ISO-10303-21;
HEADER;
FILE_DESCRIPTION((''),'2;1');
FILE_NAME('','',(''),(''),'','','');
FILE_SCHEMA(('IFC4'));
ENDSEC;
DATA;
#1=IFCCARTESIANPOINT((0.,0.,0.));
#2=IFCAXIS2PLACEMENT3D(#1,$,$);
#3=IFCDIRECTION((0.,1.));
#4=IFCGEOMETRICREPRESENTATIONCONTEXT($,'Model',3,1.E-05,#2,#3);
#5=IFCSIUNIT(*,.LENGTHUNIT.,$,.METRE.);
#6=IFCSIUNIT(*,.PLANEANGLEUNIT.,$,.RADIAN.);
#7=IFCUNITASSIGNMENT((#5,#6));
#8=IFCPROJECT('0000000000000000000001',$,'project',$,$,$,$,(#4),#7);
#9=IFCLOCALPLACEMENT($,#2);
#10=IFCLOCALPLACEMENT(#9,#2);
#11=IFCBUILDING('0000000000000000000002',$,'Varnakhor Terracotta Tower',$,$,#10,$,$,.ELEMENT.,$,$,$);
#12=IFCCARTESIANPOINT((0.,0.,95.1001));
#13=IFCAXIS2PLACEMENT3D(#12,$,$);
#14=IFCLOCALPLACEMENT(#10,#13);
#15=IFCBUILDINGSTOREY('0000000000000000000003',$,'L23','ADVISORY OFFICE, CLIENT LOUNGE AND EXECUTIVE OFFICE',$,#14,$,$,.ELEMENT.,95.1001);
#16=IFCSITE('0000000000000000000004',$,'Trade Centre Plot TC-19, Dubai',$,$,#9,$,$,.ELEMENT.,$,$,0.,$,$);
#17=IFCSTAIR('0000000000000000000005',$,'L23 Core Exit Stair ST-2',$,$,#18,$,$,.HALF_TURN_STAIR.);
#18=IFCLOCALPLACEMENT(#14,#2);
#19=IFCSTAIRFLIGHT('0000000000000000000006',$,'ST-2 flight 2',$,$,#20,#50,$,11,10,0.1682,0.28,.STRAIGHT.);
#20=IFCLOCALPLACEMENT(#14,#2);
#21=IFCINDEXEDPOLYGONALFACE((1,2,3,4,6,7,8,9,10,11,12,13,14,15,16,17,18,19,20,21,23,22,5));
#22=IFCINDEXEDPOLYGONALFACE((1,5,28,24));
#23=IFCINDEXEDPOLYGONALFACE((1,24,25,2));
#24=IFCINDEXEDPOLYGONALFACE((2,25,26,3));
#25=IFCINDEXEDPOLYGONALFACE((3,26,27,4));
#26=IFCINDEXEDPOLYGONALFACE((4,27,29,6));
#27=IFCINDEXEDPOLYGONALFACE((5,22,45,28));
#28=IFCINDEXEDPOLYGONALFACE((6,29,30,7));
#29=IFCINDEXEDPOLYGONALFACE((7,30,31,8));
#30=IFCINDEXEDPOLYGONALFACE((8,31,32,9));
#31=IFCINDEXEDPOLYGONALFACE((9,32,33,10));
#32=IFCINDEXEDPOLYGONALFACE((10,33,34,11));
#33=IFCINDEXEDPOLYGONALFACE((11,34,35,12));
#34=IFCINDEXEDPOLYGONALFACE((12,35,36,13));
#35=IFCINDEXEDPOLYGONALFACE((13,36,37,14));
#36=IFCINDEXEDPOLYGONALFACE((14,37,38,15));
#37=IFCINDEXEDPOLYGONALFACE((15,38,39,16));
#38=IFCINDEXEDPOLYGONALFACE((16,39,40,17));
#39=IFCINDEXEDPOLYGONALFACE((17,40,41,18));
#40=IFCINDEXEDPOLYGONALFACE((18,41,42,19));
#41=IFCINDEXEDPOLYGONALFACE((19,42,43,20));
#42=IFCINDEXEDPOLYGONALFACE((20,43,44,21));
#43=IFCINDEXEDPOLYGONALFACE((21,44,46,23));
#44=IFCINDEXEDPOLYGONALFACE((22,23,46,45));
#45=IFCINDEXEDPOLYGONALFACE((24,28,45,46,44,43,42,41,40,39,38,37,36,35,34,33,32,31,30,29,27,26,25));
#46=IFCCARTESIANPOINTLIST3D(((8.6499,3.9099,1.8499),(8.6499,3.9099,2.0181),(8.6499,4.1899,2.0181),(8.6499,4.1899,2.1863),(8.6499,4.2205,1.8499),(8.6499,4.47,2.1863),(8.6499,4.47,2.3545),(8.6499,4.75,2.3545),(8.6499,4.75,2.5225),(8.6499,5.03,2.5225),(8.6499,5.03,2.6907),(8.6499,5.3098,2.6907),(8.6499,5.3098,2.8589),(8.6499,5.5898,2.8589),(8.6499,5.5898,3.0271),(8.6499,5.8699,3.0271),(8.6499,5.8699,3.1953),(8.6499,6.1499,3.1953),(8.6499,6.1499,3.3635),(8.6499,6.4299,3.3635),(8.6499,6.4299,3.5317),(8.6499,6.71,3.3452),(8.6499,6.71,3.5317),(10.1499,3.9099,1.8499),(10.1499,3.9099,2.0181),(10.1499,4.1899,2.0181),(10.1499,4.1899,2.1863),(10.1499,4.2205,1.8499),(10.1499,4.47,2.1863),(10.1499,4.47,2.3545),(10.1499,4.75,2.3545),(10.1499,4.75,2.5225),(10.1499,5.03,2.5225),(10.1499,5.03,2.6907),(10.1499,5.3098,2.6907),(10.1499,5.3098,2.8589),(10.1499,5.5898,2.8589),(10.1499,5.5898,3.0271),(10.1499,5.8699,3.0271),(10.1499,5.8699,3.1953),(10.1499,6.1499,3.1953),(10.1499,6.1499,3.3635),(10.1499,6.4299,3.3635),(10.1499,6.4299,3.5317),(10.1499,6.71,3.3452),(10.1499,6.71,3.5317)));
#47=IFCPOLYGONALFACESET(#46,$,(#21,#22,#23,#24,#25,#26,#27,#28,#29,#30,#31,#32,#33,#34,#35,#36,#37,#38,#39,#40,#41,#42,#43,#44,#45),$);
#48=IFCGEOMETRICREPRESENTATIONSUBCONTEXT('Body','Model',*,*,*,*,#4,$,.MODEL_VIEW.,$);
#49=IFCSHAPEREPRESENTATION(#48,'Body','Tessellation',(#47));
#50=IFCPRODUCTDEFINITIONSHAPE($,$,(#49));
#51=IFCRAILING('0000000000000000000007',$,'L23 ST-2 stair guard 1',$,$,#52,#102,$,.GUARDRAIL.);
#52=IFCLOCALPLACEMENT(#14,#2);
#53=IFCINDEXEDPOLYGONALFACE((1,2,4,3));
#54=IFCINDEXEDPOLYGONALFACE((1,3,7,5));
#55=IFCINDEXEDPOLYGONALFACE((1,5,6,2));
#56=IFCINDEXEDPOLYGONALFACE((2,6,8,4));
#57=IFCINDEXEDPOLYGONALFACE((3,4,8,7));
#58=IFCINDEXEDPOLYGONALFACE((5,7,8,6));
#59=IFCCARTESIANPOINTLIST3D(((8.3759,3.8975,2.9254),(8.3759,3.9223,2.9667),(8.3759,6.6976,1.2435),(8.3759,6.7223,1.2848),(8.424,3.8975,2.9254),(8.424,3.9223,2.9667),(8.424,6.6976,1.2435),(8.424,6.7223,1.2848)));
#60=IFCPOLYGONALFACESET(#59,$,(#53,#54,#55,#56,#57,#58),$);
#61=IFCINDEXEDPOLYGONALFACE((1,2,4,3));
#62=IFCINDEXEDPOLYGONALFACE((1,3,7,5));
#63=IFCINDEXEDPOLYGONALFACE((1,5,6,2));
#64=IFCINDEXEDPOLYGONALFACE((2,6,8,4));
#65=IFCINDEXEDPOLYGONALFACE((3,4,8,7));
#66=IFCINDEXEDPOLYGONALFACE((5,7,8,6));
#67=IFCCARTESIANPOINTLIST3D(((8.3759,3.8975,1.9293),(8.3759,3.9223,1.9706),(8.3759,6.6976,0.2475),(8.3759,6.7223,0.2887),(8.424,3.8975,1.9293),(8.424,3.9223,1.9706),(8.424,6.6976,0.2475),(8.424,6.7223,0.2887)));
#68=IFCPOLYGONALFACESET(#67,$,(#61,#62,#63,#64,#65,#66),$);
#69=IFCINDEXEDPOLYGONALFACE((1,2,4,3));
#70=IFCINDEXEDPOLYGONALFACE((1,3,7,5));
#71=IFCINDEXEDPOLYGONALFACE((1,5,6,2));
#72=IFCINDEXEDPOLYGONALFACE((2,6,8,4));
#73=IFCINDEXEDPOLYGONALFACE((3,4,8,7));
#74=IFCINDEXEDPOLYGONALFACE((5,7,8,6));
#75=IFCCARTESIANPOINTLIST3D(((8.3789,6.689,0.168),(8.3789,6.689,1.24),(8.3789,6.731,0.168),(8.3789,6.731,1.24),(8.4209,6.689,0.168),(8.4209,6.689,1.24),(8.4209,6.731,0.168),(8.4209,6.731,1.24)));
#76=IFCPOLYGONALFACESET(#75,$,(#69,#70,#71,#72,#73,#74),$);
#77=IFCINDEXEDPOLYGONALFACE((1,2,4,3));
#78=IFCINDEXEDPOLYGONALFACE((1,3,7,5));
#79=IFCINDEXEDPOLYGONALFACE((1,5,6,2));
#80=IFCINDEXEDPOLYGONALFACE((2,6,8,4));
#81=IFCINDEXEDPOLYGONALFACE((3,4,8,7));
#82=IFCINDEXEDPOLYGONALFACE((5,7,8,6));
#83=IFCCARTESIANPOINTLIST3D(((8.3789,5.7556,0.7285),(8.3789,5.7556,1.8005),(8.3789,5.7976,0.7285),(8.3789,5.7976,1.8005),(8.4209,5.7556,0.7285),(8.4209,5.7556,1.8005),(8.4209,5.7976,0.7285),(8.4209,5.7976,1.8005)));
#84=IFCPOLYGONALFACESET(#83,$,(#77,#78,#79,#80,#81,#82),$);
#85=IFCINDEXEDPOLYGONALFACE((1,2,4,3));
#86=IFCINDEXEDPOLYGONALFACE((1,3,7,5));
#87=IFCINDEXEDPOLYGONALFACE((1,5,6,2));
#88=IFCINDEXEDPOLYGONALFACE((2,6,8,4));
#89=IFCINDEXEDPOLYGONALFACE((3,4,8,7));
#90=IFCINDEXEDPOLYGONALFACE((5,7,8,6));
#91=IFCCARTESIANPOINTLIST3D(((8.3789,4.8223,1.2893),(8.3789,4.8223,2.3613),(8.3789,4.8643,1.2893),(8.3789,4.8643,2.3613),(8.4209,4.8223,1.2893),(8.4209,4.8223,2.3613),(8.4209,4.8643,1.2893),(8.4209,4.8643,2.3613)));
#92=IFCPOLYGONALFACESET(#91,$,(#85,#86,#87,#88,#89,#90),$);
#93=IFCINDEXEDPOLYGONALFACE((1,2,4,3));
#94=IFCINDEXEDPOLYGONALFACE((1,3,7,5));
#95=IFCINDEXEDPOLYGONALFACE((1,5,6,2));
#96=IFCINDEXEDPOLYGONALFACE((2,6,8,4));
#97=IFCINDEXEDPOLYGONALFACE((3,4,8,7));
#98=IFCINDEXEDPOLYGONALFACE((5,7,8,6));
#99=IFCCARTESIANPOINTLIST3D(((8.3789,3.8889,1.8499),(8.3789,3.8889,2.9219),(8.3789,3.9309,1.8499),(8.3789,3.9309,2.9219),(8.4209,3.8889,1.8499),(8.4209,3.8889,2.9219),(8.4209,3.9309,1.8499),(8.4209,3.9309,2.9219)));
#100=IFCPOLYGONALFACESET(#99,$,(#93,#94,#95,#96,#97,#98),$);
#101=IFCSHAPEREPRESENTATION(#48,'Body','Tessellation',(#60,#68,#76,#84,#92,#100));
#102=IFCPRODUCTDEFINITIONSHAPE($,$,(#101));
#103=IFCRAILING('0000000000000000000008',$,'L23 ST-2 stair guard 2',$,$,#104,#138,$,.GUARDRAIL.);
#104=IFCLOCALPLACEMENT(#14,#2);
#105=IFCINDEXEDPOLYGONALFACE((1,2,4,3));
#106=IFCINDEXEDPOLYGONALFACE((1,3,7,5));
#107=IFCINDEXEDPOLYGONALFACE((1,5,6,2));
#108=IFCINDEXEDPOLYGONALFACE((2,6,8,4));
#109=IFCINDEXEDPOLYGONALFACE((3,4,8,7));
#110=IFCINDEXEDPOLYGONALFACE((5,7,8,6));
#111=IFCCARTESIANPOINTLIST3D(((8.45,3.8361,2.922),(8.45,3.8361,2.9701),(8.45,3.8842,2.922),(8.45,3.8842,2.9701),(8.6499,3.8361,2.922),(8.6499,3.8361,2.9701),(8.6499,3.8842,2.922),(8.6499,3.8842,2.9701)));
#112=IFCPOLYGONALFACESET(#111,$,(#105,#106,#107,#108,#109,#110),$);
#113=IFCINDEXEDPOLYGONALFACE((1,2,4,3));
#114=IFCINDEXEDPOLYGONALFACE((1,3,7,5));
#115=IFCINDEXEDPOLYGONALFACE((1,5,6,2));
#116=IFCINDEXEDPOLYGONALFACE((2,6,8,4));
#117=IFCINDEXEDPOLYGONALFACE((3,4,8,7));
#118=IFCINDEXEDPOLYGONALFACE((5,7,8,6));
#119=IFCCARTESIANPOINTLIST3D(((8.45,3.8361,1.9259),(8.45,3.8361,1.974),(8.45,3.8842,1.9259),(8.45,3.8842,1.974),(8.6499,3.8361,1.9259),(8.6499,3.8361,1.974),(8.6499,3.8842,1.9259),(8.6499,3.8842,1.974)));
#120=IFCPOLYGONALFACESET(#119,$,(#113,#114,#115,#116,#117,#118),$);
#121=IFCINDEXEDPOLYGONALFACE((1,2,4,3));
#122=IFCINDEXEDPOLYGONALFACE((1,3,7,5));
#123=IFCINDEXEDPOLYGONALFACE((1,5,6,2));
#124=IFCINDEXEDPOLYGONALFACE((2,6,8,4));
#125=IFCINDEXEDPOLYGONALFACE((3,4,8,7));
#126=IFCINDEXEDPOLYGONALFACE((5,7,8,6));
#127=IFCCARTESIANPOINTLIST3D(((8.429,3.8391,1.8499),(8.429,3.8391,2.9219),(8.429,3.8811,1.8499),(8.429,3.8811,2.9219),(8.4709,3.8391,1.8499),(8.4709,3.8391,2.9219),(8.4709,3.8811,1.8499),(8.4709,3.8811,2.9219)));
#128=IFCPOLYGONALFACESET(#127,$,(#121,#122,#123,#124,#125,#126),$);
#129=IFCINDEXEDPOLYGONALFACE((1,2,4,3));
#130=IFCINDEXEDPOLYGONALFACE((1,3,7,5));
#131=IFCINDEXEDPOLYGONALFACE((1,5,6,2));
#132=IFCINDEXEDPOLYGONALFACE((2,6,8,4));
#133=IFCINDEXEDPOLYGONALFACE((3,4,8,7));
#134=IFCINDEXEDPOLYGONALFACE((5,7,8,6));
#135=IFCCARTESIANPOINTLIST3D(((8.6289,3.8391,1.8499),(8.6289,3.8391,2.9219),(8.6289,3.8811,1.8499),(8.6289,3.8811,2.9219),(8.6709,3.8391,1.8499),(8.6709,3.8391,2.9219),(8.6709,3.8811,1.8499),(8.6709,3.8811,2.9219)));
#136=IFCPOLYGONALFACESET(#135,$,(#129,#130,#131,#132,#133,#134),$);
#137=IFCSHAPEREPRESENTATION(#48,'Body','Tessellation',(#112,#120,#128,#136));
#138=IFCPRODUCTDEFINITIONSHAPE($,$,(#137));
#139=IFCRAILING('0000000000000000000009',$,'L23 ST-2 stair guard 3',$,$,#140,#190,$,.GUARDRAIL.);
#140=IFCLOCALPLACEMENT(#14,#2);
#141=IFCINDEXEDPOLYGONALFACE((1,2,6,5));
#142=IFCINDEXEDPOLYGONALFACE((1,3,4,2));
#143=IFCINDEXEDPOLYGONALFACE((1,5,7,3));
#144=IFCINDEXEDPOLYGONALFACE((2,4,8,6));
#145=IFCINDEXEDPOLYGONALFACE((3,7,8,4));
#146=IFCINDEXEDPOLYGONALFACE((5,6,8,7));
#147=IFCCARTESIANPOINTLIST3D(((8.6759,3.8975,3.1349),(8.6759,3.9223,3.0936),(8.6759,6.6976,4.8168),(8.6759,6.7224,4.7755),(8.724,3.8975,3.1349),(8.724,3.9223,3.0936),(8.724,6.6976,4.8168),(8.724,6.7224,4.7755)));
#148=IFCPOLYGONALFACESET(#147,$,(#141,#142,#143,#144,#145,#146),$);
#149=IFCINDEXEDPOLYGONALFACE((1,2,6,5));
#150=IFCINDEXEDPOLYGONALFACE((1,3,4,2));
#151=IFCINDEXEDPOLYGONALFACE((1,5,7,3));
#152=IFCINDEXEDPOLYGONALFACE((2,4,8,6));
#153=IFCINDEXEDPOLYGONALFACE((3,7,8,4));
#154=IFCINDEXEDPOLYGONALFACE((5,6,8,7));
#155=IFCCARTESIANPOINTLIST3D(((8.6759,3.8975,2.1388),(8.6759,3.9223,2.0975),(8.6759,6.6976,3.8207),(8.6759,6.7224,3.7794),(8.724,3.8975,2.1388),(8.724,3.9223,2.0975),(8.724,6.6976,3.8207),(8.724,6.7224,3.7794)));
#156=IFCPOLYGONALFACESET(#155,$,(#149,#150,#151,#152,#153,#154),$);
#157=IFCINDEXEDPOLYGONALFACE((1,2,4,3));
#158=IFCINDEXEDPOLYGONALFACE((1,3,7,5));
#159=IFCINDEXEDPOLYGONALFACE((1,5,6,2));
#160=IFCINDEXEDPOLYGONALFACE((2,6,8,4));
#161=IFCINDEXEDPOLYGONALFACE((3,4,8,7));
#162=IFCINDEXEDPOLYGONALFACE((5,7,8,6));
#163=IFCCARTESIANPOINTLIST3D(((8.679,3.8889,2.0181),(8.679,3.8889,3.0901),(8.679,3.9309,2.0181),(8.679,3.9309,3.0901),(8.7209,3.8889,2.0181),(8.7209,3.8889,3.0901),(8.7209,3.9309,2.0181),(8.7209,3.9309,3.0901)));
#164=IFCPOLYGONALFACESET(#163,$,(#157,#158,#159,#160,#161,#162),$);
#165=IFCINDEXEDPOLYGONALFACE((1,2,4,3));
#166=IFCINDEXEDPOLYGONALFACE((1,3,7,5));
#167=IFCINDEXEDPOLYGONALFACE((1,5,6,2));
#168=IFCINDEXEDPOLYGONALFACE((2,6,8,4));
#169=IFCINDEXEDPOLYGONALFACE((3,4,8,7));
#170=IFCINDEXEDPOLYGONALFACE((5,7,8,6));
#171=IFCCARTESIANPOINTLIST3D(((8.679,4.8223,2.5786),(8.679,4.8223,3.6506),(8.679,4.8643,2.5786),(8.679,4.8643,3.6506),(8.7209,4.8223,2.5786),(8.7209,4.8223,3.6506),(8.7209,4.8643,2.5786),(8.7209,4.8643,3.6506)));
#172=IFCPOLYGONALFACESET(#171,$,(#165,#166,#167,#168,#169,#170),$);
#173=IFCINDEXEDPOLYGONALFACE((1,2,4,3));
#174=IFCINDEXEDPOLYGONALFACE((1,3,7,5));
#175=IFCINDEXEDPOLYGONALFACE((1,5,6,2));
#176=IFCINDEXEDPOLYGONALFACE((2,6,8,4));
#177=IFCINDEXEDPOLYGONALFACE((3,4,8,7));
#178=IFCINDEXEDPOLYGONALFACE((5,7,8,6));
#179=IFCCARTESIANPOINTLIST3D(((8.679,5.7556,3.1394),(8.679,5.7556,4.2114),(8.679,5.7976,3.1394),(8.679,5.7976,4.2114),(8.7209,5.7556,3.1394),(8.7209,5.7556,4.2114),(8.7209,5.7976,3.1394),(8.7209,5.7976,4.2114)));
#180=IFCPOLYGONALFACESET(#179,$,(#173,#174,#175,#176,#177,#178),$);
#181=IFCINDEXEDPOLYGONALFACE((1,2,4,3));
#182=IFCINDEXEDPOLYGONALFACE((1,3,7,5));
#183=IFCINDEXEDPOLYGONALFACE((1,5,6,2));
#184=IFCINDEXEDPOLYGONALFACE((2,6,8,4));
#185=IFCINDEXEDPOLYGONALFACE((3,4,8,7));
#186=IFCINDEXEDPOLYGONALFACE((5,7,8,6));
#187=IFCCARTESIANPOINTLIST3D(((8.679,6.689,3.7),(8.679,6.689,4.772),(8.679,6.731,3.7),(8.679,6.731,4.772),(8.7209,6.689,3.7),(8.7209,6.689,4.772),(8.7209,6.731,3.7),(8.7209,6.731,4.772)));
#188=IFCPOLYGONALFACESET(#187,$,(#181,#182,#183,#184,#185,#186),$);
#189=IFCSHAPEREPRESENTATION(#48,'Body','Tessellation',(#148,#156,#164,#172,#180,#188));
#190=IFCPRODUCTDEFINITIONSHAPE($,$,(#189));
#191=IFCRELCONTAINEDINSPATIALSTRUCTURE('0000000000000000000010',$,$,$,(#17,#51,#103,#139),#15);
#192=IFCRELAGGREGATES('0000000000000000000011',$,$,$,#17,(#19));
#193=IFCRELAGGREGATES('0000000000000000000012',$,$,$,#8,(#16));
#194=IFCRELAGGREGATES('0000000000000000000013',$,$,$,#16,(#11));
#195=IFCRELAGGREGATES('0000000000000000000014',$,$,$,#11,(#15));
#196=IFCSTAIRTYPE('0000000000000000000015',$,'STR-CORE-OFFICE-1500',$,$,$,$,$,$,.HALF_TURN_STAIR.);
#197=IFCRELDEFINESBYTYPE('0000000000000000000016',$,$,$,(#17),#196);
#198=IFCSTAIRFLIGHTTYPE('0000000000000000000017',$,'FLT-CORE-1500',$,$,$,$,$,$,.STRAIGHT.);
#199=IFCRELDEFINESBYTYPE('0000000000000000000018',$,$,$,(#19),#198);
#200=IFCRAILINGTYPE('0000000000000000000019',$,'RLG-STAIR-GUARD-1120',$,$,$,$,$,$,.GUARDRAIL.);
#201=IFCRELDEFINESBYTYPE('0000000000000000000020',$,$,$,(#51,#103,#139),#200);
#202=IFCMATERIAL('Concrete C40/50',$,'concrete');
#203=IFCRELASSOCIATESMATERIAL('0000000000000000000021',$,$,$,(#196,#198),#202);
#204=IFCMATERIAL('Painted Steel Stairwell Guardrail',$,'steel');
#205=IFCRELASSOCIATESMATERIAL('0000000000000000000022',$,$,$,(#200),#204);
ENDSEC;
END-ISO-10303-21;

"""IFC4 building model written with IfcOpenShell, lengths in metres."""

from ifc_helpers import new_model, si_unit, direction, frame, origin, origin_2d, place, context, subcontext, project, spatial, polyline, rectangle, outline, extrude, material, type_object, element, aggregate, save


model = new_model("IFC4")

# Units and contexts
model_context = context("Model", 3, precision=1e-05, world=origin(), true_north=direction((0.0, 1.0)))
body_context = subcontext(model_context, "Body", "Model", "MODEL_VIEW")
ifc_project = project(units=[si_unit("LENGTHUNIT", "METRE"), si_unit("PLANEANGLEUNIT", "RADIAN")], contexts=[model_context])

# Site, building, storey
site_placement = place(None, origin())
site = spatial("IfcSite", under=ifc_project, at=site_placement, Name="Trade Centre Plot TC-19, Dubai", CompositionType="ELEMENT", RefElevation=0.0)
building_placement = place(site_placement, origin())
building = spatial("IfcBuilding", under=site, at=building_placement, Name="Varnakhor Terracotta Tower", CompositionType="ELEMENT")
storey_placement = place(building_placement, frame((0.0, 0.0, 95.1001)))
storey = spatial("IfcBuildingStorey", under=building, at=storey_placement, Name="L23", Description="ADVISORY OFFICE, CLIENT LOUNGE AND EXECUTIVE OFFICE", CompositionType="ELEMENT", Elevation=95.1001)

# Shared definitions
ifc_material_1 = material(Name="Concrete C40/50", Category="concrete")

# Stair, stair flight
stair_type = type_object("IfcStairType", Name="STR-CORE-OFFICE-1500", PredefinedType="HALF_TURN_STAIR", material=ifc_material_1)
stair_placement = place(storey_placement, origin())
stair = element("IfcStair", 1, at=stair_placement, inside=storey, type_object=stair_type, Name="L23 Core Exit Stair ST-2", PredefinedType="HALF_TURN_STAIR")
stair_flight_type = type_object("IfcStairFlightType", Name="FLT-CORE-1500", PredefinedType="STRAIGHT", material=ifc_material_1)
stair_flight_1_placement = place(storey_placement, frame((9.3999, 3.9099, 1.8499), z_axis=(0.0, 0.0, 1.0), x_axis=(0.0, 1.0, 0.0)))
stair_flight_1 = element("IfcStairFlight", 2, at=stair_flight_1_placement, type_object=stair_flight_type, Name="ST-2 flight 2", NumberOfRisers=11, NumberOfTreads=10, PredefinedType="STRAIGHT", RiserHeight=0.1682, TreadLength=0.28, context=body_context, shape_type="SweptSolid", body=[
    extrude(outline(polyline([(0.0, 0.0), (0.0, 0.1682), (0.28, 0.1682), (0.28, 0.3364), (0.5601, 0.3364), (0.5601, 0.5046), (0.8401, 0.5046), (0.8401, 0.6726), (1.1201, 0.6726), (1.1201, 0.8408), (1.3999, 0.8408), (1.3999, 1.009), (1.6799, 1.009), (1.6799, 1.1772), (1.96, 1.1772), (1.96, 1.3455), (2.24, 1.3455), (2.24, 1.5137), (2.52, 1.5137), (2.52, 1.6819), (2.8, 1.6819), (2.8, 1.8501), (2.8, 1.4954), (0.3105, 0.0), (0.0, 0.0)])), frame((0.0, 0.75, 0.0), z_axis=(0.0, -1.0, 0.0), x_axis=(1.0, 0.0, 0.0)), (0.0, 0.0, 1.0), 1.5),
])
aggregate(stair, [stair_flight_1])

# Railings
ifc_material_2 = material(Name="Painted Steel Stairwell Guardrail", Category="steel")
railing_type_1 = type_object("IfcRailingType", Name="RLG-STAIR-GUARD-1120", PredefinedType="GUARDRAIL", material=ifc_material_2)
railing_1_placement = place(storey_placement, frame((8.3999, 6.71, 0.168)))
element("IfcRailing", 3, at=railing_1_placement, inside=storey, type_object=railing_type_1, Name="L23 ST-2 stair guard 1", PredefinedType="GUARDRAIL", context=body_context, shape_type="SweptSolid", body=[
    extrude(rectangle(XDim=0.0481, YDim=0.0481, at=origin_2d()), frame((0.0, 0.0, 1.0962), z_axis=(0.0, -0.857242, 0.514913), x_axis=(1.0, 0.0, 0.0)), (0.0, 0.0, 1.0), 3.2664),
    extrude(rectangle(XDim=0.0481, YDim=0.0481, at=origin_2d()), frame((0.0, 0.0, 0.1001), z_axis=(0.0, -0.857242, 0.514913), x_axis=(1.0, 0.0, 0.0)), (0.0, 0.0, 1.0), 3.2664),
    extrude(rectangle(XDim=0.042, YDim=0.042, at=origin_2d()), origin(), (0.0, 0.0, 1.0), 1.072),
    extrude(rectangle(XDim=0.042, YDim=0.042, at=origin_2d()), frame((0.0, -0.9333, 0.5605)), (0.0, 0.0, 1.0), 1.072),
    extrude(rectangle(XDim=0.042, YDim=0.042, at=origin_2d()), frame((0.0, -1.8667, 1.1213)), (0.0, 0.0, 1.0), 1.072),
    extrude(rectangle(XDim=0.042, YDim=0.042, at=origin_2d()), frame((0.0, -2.8, 1.6819)), (0.0, 0.0, 1.0), 1.072),
])
railing_2_placement = place(storey_placement, frame((8.45, 3.8601, 1.8499)))
element("IfcRailing", 4, at=railing_2_placement, inside=storey, type_object=railing_type_1, Name="L23 ST-2 stair guard 2", PredefinedType="GUARDRAIL", context=body_context, shape_type="SweptSolid", body=[
    extrude(rectangle(XDim=0.0481, YDim=0.0481, at=origin_2d()), frame((0.0, 0.0, 1.0962), z_axis=(1.0, 0.0, 0.0), x_axis=(0.0, 1.0, 0.0)), (0.0, 0.0, 1.0), 0.2),
    extrude(rectangle(XDim=0.0481, YDim=0.0481, at=origin_2d()), frame((0.0, 0.0, 0.1001), z_axis=(1.0, 0.0, 0.0), x_axis=(0.0, 1.0, 0.0)), (0.0, 0.0, 1.0), 0.2),
    extrude(rectangle(XDim=0.042, YDim=0.042, at=origin_2d()), origin(), (0.0, 0.0, 1.0), 1.072),
    extrude(rectangle(XDim=0.042, YDim=0.042, at=origin_2d()), frame((0.2, 0.0, 0.0)), (0.0, 0.0, 1.0), 1.072),
])
railing_3_placement = place(storey_placement, frame((8.7, 3.9099, 2.0181)))
element("IfcRailing", 5, at=railing_3_placement, inside=storey, type_object=railing_type_1, Name="L23 ST-2 stair guard 3", PredefinedType="GUARDRAIL", context=body_context, shape_type="SweptSolid", body=[
    extrude(rectangle(XDim=0.0481, YDim=0.0481, at=origin_2d()), frame((0.0, 0.0, 1.0962), z_axis=(0.0, 0.857242, 0.514913), x_axis=(-1.0, 0.0, 0.0)), (0.0, 0.0, 1.0), 3.2664),
    extrude(rectangle(XDim=0.0481, YDim=0.0481, at=origin_2d()), frame((0.0, 0.0, 0.1001), z_axis=(0.0, 0.857242, 0.514913), x_axis=(-1.0, 0.0, 0.0)), (0.0, 0.0, 1.0), 3.2664),
    extrude(rectangle(XDim=0.042, YDim=0.042, at=origin_2d()), origin(), (0.0, 0.0, 1.0), 1.072),
    extrude(rectangle(XDim=0.042, YDim=0.042, at=origin_2d()), frame((0.0, 0.9333, 0.5605)), (0.0, 0.0, 1.0), 1.072),
    extrude(rectangle(XDim=0.042, YDim=0.042, at=origin_2d()), frame((0.0, 1.8667, 1.1213)), (0.0, 0.0, 1.0), 1.072),
    extrude(rectangle(XDim=0.042, YDim=0.042, at=origin_2d()), frame((0.0, 2.8, 1.6819)), (0.0, 0.0, 1.0), 1.072),
])

save(model, "model.ifc")
